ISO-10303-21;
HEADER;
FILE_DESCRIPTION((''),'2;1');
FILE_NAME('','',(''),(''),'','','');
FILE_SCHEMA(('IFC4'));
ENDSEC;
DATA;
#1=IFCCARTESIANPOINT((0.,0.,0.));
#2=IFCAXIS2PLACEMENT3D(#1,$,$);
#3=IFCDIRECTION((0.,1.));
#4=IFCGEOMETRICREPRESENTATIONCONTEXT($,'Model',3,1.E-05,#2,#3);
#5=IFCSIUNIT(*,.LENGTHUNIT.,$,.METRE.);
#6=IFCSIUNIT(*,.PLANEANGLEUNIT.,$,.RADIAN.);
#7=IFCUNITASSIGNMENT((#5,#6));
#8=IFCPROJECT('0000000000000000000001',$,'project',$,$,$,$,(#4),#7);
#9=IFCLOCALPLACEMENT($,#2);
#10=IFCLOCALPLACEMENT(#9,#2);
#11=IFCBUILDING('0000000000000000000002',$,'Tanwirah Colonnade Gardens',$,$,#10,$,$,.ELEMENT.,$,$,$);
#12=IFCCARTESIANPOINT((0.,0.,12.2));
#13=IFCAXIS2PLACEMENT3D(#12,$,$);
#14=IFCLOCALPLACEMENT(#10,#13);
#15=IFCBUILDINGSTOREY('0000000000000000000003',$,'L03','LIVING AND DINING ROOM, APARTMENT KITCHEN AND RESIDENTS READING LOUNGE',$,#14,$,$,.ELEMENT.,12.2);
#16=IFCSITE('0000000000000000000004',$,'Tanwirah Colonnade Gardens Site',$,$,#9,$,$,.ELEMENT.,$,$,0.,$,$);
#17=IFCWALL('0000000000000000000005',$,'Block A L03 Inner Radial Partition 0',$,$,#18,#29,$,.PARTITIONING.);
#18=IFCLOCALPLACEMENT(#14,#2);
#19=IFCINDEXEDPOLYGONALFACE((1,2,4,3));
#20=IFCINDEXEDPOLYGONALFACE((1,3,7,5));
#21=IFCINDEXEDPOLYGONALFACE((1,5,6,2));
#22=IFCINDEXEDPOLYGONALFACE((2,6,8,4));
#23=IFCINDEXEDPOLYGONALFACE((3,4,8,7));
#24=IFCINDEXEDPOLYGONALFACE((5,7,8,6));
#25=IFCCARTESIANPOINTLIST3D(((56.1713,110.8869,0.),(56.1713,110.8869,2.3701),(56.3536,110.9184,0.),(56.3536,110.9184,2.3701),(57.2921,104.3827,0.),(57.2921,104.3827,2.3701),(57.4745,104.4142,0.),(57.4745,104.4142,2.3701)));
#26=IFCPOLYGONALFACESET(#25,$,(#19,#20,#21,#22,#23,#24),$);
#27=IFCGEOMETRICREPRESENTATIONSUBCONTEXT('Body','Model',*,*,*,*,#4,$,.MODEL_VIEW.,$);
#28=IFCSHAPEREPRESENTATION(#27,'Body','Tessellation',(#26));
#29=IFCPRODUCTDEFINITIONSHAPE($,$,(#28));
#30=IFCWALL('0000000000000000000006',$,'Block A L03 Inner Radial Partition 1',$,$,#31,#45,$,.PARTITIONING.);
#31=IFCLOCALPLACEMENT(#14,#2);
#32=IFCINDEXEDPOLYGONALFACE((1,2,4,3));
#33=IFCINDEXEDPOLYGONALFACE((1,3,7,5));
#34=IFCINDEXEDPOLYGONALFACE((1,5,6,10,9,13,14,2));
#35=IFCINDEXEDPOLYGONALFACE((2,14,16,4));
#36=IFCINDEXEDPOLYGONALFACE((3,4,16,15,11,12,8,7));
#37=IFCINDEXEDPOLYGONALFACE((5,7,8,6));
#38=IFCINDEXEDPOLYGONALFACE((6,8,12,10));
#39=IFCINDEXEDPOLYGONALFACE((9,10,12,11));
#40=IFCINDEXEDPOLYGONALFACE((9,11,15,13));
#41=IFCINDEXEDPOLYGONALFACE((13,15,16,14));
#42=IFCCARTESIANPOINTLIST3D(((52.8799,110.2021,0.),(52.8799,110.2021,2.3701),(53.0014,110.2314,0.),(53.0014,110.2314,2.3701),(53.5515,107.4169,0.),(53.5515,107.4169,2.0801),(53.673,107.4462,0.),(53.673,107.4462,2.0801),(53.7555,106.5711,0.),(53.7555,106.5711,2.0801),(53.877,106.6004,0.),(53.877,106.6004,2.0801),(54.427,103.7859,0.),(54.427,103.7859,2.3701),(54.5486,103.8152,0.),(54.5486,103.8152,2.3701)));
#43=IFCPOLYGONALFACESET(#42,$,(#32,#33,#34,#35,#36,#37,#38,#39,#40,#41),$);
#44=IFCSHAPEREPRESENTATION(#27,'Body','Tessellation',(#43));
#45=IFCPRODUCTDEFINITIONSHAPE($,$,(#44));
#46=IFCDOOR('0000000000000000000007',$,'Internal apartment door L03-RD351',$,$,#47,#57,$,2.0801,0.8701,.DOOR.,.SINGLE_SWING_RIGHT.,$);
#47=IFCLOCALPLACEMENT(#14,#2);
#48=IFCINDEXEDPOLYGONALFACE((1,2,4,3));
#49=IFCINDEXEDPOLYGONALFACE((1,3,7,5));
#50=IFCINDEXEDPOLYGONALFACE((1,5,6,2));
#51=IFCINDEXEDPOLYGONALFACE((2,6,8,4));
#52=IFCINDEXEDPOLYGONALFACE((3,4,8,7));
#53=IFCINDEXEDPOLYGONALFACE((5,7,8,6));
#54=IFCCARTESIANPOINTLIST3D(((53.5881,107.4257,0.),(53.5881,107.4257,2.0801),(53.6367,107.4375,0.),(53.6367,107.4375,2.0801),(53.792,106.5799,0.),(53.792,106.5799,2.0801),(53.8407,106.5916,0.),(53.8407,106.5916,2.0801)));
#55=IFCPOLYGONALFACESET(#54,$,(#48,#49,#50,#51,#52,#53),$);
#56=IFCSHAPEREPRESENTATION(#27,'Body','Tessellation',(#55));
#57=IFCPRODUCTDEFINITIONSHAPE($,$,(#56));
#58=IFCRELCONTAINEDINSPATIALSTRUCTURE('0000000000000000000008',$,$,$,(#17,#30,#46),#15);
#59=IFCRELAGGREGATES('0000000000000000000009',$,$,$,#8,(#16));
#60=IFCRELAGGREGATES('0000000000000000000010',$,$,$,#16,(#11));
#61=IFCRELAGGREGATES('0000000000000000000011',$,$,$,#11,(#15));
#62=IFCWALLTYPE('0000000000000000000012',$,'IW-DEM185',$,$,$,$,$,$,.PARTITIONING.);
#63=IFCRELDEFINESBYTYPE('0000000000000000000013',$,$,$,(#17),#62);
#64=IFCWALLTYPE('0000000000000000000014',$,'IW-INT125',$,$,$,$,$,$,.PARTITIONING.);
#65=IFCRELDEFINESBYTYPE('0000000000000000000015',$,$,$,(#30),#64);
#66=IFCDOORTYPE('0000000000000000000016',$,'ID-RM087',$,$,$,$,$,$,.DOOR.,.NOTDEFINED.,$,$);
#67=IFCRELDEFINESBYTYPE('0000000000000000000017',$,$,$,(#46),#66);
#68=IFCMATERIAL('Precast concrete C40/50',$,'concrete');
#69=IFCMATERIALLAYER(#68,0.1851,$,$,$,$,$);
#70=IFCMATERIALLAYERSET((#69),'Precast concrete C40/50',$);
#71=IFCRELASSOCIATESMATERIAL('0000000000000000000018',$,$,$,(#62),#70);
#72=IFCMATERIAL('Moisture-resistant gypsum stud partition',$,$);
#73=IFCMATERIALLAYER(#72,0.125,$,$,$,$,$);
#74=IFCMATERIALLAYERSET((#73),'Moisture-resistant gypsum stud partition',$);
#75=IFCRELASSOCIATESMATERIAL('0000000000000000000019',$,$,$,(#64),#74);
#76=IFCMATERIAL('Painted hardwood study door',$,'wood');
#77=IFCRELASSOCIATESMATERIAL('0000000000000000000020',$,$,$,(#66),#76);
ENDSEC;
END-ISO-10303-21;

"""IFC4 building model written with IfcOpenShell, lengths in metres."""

from ifc_helpers import new_model, si_unit, direction, frame, frame_2d, origin, place, context, subcontext, project, spatial, rectangle, extrude, material, layer, layer_set, type_object, element, fill, save


model = new_model("IFC4")

# Units and contexts
model_context = context("Model", 3, precision=1e-05, world=origin(), true_north=direction((0.0, 1.0)))
body_context = subcontext(model_context, "Body", "Model", "MODEL_VIEW")
ifc_project = project(units=[si_unit("LENGTHUNIT", "METRE"), si_unit("PLANEANGLEUNIT", "RADIAN")], contexts=[model_context])

# Site, building, storey
site_placement = place(None, origin())
site = spatial("IfcSite", under=ifc_project, at=site_placement, Name="Tanwirah Colonnade Gardens Site", CompositionType="ELEMENT", RefElevation=0.0)
building_placement = place(site_placement, origin())
building = spatial("IfcBuilding", under=site, at=building_placement, Name="Tanwirah Colonnade Gardens", CompositionType="ELEMENT")
storey_placement = place(building_placement, frame((0.0, 0.0, 12.2)))
storey = spatial("IfcBuildingStorey", under=building, at=storey_placement, Name="L03", Description="LIVING AND DINING ROOM, APARTMENT KITCHEN AND RESIDENTS READING LOUNGE", CompositionType="ELEMENT", Elevation=12.2)

# Shared definitions
ifc_material_1 = material(Name="Precast concrete C40/50", Category="concrete")

# Wall
ifc_layer_1 = layer(ifc_material_1, 0.1851)
ifc_layer_set_1 = layer_set([ifc_layer_1], Name="Precast concrete C40/50")
wall_type_1 = type_object("IfcWallType", Name="IW-DEM185", PredefinedType="PARTITIONING", material=ifc_layer_set_1)
wall_1_placement = place(storey_placement, frame((57.3833, 104.3984, 0.0), z_axis=(0.0, 0.0, 1.0), x_axis=(-0.169825, 0.985474, 0.0)))
element("IfcWall", 1, at=wall_1_placement, inside=storey, type_object=wall_type_1, Name="Block A L03 Inner Radial Partition 0", PredefinedType="PARTITIONING", context=body_context, shape_type="SweptSolid", body=[
    extrude(rectangle(XDim=6.6001, YDim=0.1851, at=frame_2d((3.3, 0.0))), origin(), (0.0, 0.0, 1.0), 2.3701),
])

# Wall, opening, door
ifc_material_2 = material(Name="Moisture-resistant gypsum stud partition")
ifc_layer_2 = layer(ifc_material_2, 0.125)
ifc_layer_set_2 = layer_set([ifc_layer_2], Name="Moisture-resistant gypsum stud partition")
wall_type_2 = type_object("IfcWallType", Name="IW-INT125", PredefinedType="PARTITIONING", material=ifc_layer_set_2)
wall_2_placement = place(storey_placement, frame((54.4878, 103.8005, 0.0), z_axis=(0.0, 0.0, 1.0), x_axis=(-0.234407, 0.972139, 0.0)))
wall_2 = element("IfcWall", 2, at=wall_2_placement, inside=storey, type_object=wall_type_2, Name="Block A L03 Inner Radial Partition 1", PredefinedType="PARTITIONING", context=body_context, shape_type="SweptSolid", body=[
    extrude(rectangle(XDim=6.6001, YDim=0.125, at=frame_2d((3.3, 0.0))), origin(), (0.0, 0.0, 1.0), 2.3701),
])
opening_1_placement = place(wall_2_placement, frame((2.865, 0.0, 0.0)))
opening_1 = element("IfcOpeningElement", 3, at=opening_1_placement, cuts=wall_2, PredefinedType="OPENING", context=body_context, shape_type="SweptSolid", body=[
    extrude(rectangle(XDim=0.8701, YDim=2.0801, at=frame_2d((0.4351, 1.04))), frame((0.0, 0.0725, 0.0), z_axis=(0.0, -1.0, 0.0), x_axis=(1.0, 0.0, 0.0)), (0.0, 0.0, 1.0), 0.145),
])
ifc_material_3 = material(Name="Painted hardwood study door", Category="wood")
door_type_1 = type_object("IfcDoorType", Name="ID-RM087", OperationType="NOTDEFINED", PredefinedType="DOOR", material=ifc_material_3)
door_1_placement = place(opening_1_placement, origin())
door_1 = element("IfcDoor", 4, at=door_1_placement, inside=storey, type_object=door_type_1, Name="Internal apartment door L03-RD351", OperationType="SINGLE_SWING_RIGHT", OverallHeight=2.0801, OverallWidth=0.8701, PredefinedType="DOOR", context=body_context, shape_type="SweptSolid", body=[
    extrude(rectangle(XDim=0.8701, YDim=2.0801, at=frame_2d((0.4351, 1.04))), frame((0.0, 0.0249, 0.0), z_axis=(0.0, -1.0, 0.0), x_axis=(1.0, 0.0, 0.0)), (0.0, 0.0, 1.0), 0.05),
])
fill(opening_1, door_1)

save(model, "model.ifc")
